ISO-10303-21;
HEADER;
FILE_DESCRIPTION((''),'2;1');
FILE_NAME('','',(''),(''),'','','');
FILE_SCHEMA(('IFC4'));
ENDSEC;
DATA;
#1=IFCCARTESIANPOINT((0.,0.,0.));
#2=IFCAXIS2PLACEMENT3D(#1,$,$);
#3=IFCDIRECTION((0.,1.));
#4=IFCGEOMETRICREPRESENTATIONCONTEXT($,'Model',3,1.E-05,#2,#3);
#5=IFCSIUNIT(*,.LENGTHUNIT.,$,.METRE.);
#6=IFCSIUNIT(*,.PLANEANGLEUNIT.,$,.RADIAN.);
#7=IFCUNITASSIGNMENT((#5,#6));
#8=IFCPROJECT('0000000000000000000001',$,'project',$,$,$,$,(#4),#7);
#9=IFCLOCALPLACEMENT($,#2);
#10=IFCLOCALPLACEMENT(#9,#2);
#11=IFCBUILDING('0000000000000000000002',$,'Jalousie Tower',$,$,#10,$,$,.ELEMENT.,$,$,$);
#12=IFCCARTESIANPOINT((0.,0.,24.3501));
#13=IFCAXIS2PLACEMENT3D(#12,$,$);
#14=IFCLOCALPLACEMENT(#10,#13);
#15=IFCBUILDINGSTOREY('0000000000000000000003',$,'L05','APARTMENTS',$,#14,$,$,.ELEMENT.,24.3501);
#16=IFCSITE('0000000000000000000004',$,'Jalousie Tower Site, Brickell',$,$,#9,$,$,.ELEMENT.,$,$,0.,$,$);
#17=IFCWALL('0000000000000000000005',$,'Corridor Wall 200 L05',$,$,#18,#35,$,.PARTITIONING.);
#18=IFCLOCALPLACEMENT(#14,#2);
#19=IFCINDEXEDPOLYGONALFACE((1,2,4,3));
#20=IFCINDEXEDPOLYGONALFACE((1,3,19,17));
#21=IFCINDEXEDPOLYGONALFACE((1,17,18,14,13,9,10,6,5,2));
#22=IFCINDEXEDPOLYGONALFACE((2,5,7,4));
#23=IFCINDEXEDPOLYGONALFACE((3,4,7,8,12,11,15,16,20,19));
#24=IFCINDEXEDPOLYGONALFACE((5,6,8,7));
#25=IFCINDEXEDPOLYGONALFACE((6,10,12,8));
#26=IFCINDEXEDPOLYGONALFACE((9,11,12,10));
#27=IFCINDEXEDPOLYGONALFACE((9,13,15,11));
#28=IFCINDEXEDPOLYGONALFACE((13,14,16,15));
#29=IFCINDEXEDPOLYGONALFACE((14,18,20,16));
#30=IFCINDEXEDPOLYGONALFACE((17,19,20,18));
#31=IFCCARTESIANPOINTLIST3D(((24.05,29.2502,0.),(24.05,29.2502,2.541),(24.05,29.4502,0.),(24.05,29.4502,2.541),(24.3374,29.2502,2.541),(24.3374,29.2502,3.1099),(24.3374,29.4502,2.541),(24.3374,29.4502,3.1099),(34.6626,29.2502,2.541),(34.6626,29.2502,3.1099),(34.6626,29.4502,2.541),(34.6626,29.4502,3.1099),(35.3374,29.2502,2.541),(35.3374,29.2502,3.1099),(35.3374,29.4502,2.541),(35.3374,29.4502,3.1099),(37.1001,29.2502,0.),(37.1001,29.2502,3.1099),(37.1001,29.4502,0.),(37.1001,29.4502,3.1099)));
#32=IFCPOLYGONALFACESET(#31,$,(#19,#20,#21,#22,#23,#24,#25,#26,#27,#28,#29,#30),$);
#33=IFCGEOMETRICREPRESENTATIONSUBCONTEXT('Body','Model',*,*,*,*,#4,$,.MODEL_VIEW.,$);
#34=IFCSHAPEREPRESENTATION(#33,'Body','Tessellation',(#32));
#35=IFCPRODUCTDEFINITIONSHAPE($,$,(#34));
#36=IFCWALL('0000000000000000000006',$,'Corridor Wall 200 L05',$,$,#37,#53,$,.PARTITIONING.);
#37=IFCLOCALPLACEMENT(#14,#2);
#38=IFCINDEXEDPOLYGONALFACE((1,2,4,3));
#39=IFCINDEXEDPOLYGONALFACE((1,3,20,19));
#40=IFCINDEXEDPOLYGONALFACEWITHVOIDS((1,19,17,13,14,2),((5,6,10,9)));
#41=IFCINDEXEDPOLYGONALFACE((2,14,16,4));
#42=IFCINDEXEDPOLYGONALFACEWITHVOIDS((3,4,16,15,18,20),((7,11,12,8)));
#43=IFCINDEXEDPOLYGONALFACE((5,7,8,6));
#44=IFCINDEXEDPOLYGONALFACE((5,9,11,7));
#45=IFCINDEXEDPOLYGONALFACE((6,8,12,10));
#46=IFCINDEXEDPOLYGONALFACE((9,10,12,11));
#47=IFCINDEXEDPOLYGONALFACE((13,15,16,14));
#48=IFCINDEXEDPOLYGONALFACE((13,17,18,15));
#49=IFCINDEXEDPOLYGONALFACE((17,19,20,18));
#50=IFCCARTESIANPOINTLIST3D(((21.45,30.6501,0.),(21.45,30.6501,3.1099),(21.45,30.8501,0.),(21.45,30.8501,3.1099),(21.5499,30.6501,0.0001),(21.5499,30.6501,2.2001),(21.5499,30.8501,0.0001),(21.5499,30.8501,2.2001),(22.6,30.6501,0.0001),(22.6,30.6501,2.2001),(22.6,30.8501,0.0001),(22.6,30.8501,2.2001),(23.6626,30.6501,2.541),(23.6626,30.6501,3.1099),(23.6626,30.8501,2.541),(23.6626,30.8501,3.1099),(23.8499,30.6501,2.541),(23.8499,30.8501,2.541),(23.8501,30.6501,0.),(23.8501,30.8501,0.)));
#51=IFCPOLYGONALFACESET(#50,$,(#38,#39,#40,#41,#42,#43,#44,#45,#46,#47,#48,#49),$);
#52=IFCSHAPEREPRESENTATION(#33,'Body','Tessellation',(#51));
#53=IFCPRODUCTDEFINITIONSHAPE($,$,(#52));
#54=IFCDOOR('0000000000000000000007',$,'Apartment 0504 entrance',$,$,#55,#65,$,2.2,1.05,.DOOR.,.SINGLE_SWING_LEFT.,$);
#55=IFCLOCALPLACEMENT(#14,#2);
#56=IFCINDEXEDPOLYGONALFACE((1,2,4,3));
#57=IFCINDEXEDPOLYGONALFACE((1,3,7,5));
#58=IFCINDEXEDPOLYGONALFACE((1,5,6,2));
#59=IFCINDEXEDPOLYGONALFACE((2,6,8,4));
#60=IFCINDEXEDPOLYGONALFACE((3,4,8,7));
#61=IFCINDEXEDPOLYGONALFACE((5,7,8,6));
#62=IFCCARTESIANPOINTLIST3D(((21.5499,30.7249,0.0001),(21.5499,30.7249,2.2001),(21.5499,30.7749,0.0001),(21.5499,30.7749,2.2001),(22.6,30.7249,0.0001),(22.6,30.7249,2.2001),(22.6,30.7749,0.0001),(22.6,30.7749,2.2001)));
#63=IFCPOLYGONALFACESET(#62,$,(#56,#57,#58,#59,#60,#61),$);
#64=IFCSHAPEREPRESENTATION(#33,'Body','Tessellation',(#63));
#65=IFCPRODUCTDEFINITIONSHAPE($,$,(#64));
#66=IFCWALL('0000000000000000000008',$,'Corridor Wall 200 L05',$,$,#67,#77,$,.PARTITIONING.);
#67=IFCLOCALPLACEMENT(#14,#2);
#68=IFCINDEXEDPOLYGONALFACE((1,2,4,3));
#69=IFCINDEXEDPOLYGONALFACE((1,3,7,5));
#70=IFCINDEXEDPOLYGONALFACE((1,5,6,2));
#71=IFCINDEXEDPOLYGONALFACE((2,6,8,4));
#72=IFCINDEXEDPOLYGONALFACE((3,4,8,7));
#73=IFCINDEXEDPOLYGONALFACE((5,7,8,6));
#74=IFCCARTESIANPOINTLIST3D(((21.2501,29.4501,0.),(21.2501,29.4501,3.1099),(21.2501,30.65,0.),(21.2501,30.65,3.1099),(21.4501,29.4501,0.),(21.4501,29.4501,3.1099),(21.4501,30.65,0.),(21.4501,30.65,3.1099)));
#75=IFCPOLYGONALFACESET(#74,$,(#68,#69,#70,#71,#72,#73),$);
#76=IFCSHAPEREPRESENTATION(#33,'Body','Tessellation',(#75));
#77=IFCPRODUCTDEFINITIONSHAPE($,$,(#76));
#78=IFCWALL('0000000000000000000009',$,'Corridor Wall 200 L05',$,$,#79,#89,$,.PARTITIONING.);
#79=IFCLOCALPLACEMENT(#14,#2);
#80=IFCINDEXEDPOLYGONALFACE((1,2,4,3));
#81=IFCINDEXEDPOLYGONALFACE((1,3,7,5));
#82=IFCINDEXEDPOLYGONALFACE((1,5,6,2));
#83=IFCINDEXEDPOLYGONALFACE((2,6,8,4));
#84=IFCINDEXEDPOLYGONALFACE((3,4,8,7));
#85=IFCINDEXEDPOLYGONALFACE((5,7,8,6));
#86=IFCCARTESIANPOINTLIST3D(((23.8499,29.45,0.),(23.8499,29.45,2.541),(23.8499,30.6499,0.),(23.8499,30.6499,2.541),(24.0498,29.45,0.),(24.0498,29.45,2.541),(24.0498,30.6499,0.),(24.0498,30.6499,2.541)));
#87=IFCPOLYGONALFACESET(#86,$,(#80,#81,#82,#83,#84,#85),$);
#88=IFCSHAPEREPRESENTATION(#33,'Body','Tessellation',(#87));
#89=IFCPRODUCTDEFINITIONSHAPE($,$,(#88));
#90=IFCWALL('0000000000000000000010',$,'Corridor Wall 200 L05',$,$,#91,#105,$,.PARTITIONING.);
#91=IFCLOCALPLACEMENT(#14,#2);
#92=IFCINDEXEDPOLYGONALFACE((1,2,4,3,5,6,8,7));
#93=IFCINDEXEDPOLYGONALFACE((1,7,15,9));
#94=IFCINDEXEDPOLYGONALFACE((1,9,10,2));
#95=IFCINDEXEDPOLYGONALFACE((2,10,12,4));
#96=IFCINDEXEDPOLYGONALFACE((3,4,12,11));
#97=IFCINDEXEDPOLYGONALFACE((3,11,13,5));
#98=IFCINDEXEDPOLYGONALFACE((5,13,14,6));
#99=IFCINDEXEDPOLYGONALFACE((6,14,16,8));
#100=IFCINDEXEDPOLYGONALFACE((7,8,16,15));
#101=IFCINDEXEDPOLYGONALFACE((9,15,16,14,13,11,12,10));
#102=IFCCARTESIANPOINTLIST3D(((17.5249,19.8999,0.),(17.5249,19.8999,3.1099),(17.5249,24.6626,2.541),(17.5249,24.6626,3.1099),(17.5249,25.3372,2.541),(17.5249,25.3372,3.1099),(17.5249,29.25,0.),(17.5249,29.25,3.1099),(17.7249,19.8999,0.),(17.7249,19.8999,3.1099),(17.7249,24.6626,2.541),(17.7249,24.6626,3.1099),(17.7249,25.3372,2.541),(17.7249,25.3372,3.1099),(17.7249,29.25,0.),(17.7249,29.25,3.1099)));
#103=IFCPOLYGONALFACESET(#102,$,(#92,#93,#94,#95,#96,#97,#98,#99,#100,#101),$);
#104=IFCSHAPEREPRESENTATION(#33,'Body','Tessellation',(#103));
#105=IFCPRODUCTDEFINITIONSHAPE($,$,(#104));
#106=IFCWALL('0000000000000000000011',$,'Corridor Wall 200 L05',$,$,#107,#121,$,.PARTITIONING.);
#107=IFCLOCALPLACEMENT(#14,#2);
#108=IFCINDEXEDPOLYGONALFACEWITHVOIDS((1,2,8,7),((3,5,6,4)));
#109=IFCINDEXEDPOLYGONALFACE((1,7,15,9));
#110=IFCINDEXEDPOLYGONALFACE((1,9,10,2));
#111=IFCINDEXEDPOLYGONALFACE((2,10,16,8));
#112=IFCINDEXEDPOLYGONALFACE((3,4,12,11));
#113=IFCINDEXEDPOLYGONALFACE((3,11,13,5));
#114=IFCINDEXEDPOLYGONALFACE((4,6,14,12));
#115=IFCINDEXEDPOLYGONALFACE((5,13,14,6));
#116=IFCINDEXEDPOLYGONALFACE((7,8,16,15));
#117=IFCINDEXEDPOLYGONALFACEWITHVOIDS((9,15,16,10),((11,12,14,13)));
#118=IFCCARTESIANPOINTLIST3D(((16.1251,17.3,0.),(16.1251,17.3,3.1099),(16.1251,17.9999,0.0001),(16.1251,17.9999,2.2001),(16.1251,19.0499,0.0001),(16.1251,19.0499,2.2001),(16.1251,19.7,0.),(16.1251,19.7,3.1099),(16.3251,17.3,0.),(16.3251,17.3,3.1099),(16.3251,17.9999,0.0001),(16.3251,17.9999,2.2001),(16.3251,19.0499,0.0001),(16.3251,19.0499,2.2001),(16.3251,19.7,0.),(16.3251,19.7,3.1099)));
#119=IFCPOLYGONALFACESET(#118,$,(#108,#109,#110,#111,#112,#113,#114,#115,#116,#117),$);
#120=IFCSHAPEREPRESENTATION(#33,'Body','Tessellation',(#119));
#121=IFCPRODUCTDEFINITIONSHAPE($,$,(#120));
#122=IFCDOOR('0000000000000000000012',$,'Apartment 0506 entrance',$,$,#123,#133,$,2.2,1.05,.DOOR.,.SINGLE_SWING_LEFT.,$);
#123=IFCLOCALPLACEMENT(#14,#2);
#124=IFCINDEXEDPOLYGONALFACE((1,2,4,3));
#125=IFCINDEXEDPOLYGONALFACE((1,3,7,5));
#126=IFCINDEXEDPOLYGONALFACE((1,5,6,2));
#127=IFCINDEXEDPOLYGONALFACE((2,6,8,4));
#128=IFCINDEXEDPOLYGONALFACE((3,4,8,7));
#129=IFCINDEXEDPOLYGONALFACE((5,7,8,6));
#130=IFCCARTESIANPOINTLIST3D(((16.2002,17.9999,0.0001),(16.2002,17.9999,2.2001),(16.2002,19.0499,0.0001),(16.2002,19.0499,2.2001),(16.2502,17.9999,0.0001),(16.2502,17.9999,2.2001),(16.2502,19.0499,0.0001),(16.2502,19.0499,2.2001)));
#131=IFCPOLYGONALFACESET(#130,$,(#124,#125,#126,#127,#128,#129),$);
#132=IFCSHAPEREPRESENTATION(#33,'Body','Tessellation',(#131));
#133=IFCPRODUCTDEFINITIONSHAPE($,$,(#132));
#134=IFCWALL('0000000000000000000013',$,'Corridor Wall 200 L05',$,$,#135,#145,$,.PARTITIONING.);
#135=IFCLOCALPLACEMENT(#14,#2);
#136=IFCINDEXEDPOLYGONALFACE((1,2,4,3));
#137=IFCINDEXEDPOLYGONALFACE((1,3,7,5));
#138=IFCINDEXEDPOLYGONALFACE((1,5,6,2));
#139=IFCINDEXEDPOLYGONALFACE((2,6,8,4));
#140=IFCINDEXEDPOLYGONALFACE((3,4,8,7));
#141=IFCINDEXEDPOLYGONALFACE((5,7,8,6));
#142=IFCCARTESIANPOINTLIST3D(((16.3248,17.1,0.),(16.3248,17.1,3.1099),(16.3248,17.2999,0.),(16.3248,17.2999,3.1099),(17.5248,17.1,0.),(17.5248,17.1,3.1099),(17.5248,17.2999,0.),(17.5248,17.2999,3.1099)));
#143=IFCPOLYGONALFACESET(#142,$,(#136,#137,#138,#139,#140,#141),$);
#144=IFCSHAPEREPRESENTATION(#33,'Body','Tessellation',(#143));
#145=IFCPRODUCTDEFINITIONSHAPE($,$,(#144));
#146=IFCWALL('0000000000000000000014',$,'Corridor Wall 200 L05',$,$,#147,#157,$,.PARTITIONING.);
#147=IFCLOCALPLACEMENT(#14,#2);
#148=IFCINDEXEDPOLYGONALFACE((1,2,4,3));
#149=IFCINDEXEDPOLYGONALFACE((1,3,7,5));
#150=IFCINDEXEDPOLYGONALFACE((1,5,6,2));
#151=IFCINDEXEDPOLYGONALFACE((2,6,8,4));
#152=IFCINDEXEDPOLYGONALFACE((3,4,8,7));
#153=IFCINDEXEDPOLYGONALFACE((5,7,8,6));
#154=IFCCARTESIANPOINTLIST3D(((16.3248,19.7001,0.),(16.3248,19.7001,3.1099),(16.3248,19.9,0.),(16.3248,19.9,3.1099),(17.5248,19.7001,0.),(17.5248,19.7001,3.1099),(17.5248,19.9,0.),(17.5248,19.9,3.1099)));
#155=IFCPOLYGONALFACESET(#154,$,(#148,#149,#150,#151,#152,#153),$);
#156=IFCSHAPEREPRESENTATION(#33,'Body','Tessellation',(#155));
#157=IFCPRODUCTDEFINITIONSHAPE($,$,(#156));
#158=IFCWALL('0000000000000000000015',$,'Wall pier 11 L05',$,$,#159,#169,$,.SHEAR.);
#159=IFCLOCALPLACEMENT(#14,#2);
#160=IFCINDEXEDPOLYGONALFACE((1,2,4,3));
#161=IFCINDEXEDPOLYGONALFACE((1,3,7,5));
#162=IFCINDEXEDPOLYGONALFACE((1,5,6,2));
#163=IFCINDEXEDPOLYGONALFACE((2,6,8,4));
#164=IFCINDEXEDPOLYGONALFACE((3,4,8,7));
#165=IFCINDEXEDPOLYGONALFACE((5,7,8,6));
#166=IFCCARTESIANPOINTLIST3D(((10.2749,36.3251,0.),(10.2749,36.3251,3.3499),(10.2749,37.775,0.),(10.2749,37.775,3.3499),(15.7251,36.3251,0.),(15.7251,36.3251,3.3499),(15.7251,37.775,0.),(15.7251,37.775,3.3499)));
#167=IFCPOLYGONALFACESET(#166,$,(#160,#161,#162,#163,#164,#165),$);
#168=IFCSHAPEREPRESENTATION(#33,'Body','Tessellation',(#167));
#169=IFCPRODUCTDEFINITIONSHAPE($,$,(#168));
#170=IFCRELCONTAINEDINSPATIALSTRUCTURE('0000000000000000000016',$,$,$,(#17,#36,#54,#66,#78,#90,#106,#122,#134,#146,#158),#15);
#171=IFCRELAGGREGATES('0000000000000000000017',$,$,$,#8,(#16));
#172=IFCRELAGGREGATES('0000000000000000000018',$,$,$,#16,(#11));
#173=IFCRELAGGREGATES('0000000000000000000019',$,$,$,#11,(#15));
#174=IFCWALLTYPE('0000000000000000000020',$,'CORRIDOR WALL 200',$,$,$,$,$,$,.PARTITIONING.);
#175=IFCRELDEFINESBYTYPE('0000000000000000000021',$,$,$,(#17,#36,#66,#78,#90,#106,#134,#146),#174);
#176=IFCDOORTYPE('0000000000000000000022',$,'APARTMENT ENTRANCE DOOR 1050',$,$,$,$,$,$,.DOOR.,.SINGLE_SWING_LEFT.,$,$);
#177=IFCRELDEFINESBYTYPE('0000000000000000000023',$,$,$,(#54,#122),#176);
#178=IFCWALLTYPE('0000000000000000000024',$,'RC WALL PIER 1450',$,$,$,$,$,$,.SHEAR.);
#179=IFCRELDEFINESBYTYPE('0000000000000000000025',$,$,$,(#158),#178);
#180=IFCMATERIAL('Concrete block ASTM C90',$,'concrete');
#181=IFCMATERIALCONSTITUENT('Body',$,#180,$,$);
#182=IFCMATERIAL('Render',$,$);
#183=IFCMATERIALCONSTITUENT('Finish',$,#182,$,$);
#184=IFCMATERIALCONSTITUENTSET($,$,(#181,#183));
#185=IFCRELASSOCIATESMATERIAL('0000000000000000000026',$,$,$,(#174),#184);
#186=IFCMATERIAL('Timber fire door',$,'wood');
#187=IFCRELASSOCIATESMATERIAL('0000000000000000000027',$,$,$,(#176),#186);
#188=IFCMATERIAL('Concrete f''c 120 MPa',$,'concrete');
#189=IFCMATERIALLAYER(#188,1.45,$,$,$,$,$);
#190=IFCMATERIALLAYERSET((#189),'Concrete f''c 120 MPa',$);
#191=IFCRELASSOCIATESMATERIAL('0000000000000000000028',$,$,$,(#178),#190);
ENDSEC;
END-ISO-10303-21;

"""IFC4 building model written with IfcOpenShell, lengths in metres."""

from ifc_helpers import new_model, si_unit, direction, frame, frame_2d, origin, place, context, subcontext, project, spatial, polyline, rectangle, outline, extrude, material, layer, layer_set, constituent, constituent_set, type_object, element, fill, save


model = new_model("IFC4")

# Units and contexts
model_context = context("Model", 3, precision=1e-05, world=origin(), true_north=direction((0.0, 1.0)))
body_context = subcontext(model_context, "Body", "Model", "MODEL_VIEW")
ifc_project = project(units=[si_unit("LENGTHUNIT", "METRE"), si_unit("PLANEANGLEUNIT", "RADIAN")], contexts=[model_context])

# Site, building, storey
site_placement = place(None, origin())
site = spatial("IfcSite", under=ifc_project, at=site_placement, Name="Jalousie Tower Site, Brickell", CompositionType="ELEMENT", RefElevation=0.0)
building_placement = place(site_placement, origin())
building = spatial("IfcBuilding", under=site, at=building_placement, Name="Jalousie Tower", CompositionType="ELEMENT")
storey_placement = place(building_placement, frame((0.0, 0.0, 24.3501)))
storey = spatial("IfcBuildingStorey", under=building, at=storey_placement, Name="L05", Description="APARTMENTS", CompositionType="ELEMENT", Elevation=24.3501)

# Wall
ifc_material_1 = material(Name="Concrete block ASTM C90", Category="concrete")
ifc_constituent_1 = constituent(ifc_material_1, Name="Body")
ifc_material_2 = material(Name="Render")
ifc_constituent_2 = constituent(ifc_material_2, Name="Finish")
ifc_constituent_set_1 = constituent_set(constituents=[ifc_constituent_1, ifc_constituent_2])
wall_type_1 = type_object("IfcWallType", Name="CORRIDOR WALL 200", PredefinedType="PARTITIONING", material=ifc_constituent_set_1)
wall_1_placement = place(storey_placement, frame((24.05, 29.3501, 0.0), z_axis=(0.0, 0.0, 1.0), x_axis=(1.0, 0.0, 0.0)))
element("IfcWall", 1, at=wall_1_placement, inside=storey, type_object=wall_type_1, Name="Corridor Wall 200 L05", PredefinedType="PARTITIONING", context=body_context, shape_type="SweptSolid", body=[
    extrude(outline(polyline([(0.0, 0.0), (13.05, 0.0), (13.05, 3.1099), (11.2874, 3.1099), (11.2874, 2.541), (10.6125, 2.541), (10.6125, 3.1099), (0.2874, 3.1099), (0.2874, 2.541), (0.0, 2.541), (0.0, 3.1099), (0.0, 0.0)])), frame((0.0, 0.1001, 0.0), z_axis=(0.0, -1.0, 0.0), x_axis=(1.0, 0.0, 0.0)), (0.0, 0.0, 1.0), 0.2),
])

# Wall, opening, door
wall_2_placement = place(storey_placement, frame((21.45, 30.75, 0.0), z_axis=(0.0, 0.0, 1.0), x_axis=(1.0, 0.0, 0.0)))
wall_2 = element("IfcWall", 2, at=wall_2_placement, inside=storey, type_object=wall_type_1, Name="Corridor Wall 200 L05", PredefinedType="PARTITIONING", context=body_context, shape_type="SweptSolid", body=[
    extrude(outline(polyline([(0.0, 0.0), (2.4001, 0.0), (2.3999, 3.1099), (2.3999, 2.541), (2.2126, 2.541), (2.2126, 3.1099), (0.0, 3.1099), (0.0, 0.0)])), frame((0.0, 0.1001, 0.0), z_axis=(0.0, -1.0, 0.0), x_axis=(1.0, 0.0, 0.0)), (0.0, 0.0, 1.0), 0.2),
])
opening_1_placement = place(wall_2_placement, frame((0.1001, 0.0, 0.0)))
opening_1 = element("IfcOpeningElement", 3, at=opening_1_placement, cuts=wall_2, PredefinedType="OPENING", context=body_context, shape_type="SweptSolid", body=[
    extrude(rectangle(XDim=1.05, YDim=2.2, at=frame_2d((0.5249, 1.1001))), frame((0.0, 0.1099, 0.0), z_axis=(0.0, -1.0, 0.0), x_axis=(1.0, 0.0, 0.0)), (0.0, 0.0, 1.0), 0.22),
])
ifc_material_3 = material(Name="Timber fire door", Category="wood")
door_type_1 = type_object("IfcDoorType", Name="APARTMENT ENTRANCE DOOR 1050", OperationType="SINGLE_SWING_LEFT", PredefinedType="DOOR", material=ifc_material_3)
door_1_placement = place(opening_1_placement, origin())
door_1 = element("IfcDoor", 4, at=door_1_placement, inside=storey, type_object=door_type_1, Name="Apartment 0504 entrance", OperationType="SINGLE_SWING_LEFT", OverallHeight=2.2, OverallWidth=1.05, PredefinedType="DOOR", context=body_context, shape_type="SweptSolid", body=[
    extrude(rectangle(XDim=1.05, YDim=2.2, at=frame_2d((0.5249, 1.1001))), frame((0.0, 0.0249, 0.0), z_axis=(0.0, -1.0, 0.0), x_axis=(1.0, 0.0, 0.0)), (0.0, 0.0, 1.0), 0.05),
])
fill(opening_1, door_1)

# Walls
wall_3_placement = place(storey_placement, frame((21.3501, 29.45, 0.0), z_axis=(0.0, 0.0, 1.0), x_axis=(0.0, 1.0, 0.0)))
element("IfcWall", 5, at=wall_3_placement, inside=storey, type_object=wall_type_1, Name="Corridor Wall 200 L05", PredefinedType="PARTITIONING", context=body_context, shape_type="SweptSolid", body=[
    extrude(rectangle(XDim=1.2, YDim=0.2, at=frame_2d((0.6001, 0.0))), origin(), (0.0, 0.0, 1.0), 3.1099),
])
wall_4_placement = place(storey_placement, frame((23.95, 29.45, 0.0), z_axis=(0.0, 0.0, 1.0), x_axis=(0.0, 1.0, 0.0)))
element("IfcWall", 6, at=wall_4_placement, inside=storey, type_object=wall_type_1, Name="Corridor Wall 200 L05", PredefinedType="PARTITIONING", context=body_context, shape_type="SweptSolid", body=[
    extrude(outline(polyline([(0.0, 0.0), (1.2, 0.0), (1.2, 3.1099), (1.2, 2.541), (0.0, 2.541), (0.0, 3.1099), (0.0, 0.0)])), frame((0.0, 0.1001, 0.0), z_axis=(0.0, -1.0, 0.0), x_axis=(1.0, 0.0, 0.0)), (0.0, 0.0, 1.0), 0.2),
])
wall_5_placement = place(storey_placement, frame((17.625, 19.8999, 0.0), z_axis=(0.0, 0.0, 1.0), x_axis=(0.0, 1.0, 0.0)))
element("IfcWall", 7, at=wall_5_placement, inside=storey, type_object=wall_type_1, Name="Corridor Wall 200 L05", PredefinedType="PARTITIONING", context=body_context, shape_type="SweptSolid", body=[
    extrude(outline(polyline([(0.0, 0.0), (9.3501, 0.0), (9.3501, 3.1099), (5.4373, 3.1099), (5.4373, 2.541), (4.7627, 2.541), (4.7627, 3.1099), (0.0, 3.1099), (0.0, 0.0)])), frame((0.0, 0.1001, 0.0), z_axis=(0.0, -1.0, 0.0), x_axis=(1.0, 0.0, 0.0)), (0.0, 0.0, 1.0), 0.2),
])

# Wall, opening, door
wall_6_placement = place(storey_placement, frame((16.2251, 17.3, 0.0), z_axis=(0.0, 0.0, 1.0), x_axis=(0.0, 1.0, 0.0)))
wall_6 = element("IfcWall", 8, at=wall_6_placement, inside=storey, type_object=wall_type_1, Name="Corridor Wall 200 L05", PredefinedType="PARTITIONING", context=body_context, shape_type="SweptSolid", body=[
    extrude(rectangle(XDim=2.3999, YDim=0.2, at=frame_2d((1.2, 0.0))), origin(), (0.0, 0.0, 1.0), 3.1099),
])
opening_2_placement = place(wall_6_placement, frame((0.7, 0.0, 0.0)))
opening_2 = element("IfcOpeningElement", 9, at=opening_2_placement, cuts=wall_6, PredefinedType="OPENING", context=body_context, shape_type="SweptSolid", body=[
    extrude(rectangle(XDim=1.05, YDim=2.2, at=frame_2d((0.5249, 1.1001))), frame((0.0, 0.1099, 0.0), z_axis=(0.0, -1.0, 0.0), x_axis=(1.0, 0.0, 0.0)), (0.0, 0.0, 1.0), 0.22),
])
door_2_placement = place(opening_2_placement, origin())
door_2 = element("IfcDoor", 10, at=door_2_placement, inside=storey, type_object=door_type_1, Name="Apartment 0506 entrance", OperationType="SINGLE_SWING_LEFT", OverallHeight=2.2, OverallWidth=1.05, PredefinedType="DOOR", context=body_context, shape_type="SweptSolid", body=[
    extrude(rectangle(XDim=1.05, YDim=2.2, at=frame_2d((0.5249, 1.1001))), frame((0.0, 0.0249, 0.0), z_axis=(0.0, -1.0, 0.0), x_axis=(1.0, 0.0, 0.0)), (0.0, 0.0, 1.0), 0.05),
])
fill(opening_2, door_2)

# Walls
for number, where, z_axis, x_axis, name in (
    (11, (17.5249, 17.2, 0.0), (0.0, 0.0, 1.0), (-1.0, 0.0, 0.0), "Corridor Wall 200 L05"),
    (12, (17.5249, 19.8, 0.0), (0.0, 0.0, 1.0), (-1.0, 0.0, 0.0), "Corridor Wall 200 L05"),
):
    element("IfcWall", number, at=place(storey_placement, frame(where, z_axis=z_axis, x_axis=x_axis)), inside=storey, type_object=wall_type_1, Name=name, PredefinedType="PARTITIONING", context=body_context, shape_type="SweptSolid", body=[
        extrude(rectangle(XDim=1.2, YDim=0.2, at=frame_2d((0.6001, 0.0))), origin(), (0.0, 0.0, 1.0), 3.1099),
    ])
ifc_material_4 = material(Name="Concrete f'c 120 MPa", Category="concrete")
ifc_layer_1 = layer(ifc_material_4, 1.45)
ifc_layer_set_1 = layer_set([ifc_layer_1], Name="Concrete f'c 120 MPa")
wall_type_2 = type_object("IfcWallType", Name="RC WALL PIER 1450", PredefinedType="SHEAR", material=ifc_layer_set_1)
wall_7_placement = place(storey_placement, frame((10.2749, 37.05, 0.0), z_axis=(0.0, 0.0, 1.0), x_axis=(1.0, 0.0, 0.0)))
element("IfcWall", 13, at=wall_7_placement, inside=storey, type_object=wall_type_2, Name="Wall pier 11 L05", PredefinedType="SHEAR", context=body_context, shape_type="SweptSolid", body=[
    extrude(rectangle(XDim=5.4502, YDim=1.45, at=frame_2d((2.7251, 0.0))), origin(), (0.0, 0.0, 1.0), 3.3499),
])

save(model, "model.ifc")
